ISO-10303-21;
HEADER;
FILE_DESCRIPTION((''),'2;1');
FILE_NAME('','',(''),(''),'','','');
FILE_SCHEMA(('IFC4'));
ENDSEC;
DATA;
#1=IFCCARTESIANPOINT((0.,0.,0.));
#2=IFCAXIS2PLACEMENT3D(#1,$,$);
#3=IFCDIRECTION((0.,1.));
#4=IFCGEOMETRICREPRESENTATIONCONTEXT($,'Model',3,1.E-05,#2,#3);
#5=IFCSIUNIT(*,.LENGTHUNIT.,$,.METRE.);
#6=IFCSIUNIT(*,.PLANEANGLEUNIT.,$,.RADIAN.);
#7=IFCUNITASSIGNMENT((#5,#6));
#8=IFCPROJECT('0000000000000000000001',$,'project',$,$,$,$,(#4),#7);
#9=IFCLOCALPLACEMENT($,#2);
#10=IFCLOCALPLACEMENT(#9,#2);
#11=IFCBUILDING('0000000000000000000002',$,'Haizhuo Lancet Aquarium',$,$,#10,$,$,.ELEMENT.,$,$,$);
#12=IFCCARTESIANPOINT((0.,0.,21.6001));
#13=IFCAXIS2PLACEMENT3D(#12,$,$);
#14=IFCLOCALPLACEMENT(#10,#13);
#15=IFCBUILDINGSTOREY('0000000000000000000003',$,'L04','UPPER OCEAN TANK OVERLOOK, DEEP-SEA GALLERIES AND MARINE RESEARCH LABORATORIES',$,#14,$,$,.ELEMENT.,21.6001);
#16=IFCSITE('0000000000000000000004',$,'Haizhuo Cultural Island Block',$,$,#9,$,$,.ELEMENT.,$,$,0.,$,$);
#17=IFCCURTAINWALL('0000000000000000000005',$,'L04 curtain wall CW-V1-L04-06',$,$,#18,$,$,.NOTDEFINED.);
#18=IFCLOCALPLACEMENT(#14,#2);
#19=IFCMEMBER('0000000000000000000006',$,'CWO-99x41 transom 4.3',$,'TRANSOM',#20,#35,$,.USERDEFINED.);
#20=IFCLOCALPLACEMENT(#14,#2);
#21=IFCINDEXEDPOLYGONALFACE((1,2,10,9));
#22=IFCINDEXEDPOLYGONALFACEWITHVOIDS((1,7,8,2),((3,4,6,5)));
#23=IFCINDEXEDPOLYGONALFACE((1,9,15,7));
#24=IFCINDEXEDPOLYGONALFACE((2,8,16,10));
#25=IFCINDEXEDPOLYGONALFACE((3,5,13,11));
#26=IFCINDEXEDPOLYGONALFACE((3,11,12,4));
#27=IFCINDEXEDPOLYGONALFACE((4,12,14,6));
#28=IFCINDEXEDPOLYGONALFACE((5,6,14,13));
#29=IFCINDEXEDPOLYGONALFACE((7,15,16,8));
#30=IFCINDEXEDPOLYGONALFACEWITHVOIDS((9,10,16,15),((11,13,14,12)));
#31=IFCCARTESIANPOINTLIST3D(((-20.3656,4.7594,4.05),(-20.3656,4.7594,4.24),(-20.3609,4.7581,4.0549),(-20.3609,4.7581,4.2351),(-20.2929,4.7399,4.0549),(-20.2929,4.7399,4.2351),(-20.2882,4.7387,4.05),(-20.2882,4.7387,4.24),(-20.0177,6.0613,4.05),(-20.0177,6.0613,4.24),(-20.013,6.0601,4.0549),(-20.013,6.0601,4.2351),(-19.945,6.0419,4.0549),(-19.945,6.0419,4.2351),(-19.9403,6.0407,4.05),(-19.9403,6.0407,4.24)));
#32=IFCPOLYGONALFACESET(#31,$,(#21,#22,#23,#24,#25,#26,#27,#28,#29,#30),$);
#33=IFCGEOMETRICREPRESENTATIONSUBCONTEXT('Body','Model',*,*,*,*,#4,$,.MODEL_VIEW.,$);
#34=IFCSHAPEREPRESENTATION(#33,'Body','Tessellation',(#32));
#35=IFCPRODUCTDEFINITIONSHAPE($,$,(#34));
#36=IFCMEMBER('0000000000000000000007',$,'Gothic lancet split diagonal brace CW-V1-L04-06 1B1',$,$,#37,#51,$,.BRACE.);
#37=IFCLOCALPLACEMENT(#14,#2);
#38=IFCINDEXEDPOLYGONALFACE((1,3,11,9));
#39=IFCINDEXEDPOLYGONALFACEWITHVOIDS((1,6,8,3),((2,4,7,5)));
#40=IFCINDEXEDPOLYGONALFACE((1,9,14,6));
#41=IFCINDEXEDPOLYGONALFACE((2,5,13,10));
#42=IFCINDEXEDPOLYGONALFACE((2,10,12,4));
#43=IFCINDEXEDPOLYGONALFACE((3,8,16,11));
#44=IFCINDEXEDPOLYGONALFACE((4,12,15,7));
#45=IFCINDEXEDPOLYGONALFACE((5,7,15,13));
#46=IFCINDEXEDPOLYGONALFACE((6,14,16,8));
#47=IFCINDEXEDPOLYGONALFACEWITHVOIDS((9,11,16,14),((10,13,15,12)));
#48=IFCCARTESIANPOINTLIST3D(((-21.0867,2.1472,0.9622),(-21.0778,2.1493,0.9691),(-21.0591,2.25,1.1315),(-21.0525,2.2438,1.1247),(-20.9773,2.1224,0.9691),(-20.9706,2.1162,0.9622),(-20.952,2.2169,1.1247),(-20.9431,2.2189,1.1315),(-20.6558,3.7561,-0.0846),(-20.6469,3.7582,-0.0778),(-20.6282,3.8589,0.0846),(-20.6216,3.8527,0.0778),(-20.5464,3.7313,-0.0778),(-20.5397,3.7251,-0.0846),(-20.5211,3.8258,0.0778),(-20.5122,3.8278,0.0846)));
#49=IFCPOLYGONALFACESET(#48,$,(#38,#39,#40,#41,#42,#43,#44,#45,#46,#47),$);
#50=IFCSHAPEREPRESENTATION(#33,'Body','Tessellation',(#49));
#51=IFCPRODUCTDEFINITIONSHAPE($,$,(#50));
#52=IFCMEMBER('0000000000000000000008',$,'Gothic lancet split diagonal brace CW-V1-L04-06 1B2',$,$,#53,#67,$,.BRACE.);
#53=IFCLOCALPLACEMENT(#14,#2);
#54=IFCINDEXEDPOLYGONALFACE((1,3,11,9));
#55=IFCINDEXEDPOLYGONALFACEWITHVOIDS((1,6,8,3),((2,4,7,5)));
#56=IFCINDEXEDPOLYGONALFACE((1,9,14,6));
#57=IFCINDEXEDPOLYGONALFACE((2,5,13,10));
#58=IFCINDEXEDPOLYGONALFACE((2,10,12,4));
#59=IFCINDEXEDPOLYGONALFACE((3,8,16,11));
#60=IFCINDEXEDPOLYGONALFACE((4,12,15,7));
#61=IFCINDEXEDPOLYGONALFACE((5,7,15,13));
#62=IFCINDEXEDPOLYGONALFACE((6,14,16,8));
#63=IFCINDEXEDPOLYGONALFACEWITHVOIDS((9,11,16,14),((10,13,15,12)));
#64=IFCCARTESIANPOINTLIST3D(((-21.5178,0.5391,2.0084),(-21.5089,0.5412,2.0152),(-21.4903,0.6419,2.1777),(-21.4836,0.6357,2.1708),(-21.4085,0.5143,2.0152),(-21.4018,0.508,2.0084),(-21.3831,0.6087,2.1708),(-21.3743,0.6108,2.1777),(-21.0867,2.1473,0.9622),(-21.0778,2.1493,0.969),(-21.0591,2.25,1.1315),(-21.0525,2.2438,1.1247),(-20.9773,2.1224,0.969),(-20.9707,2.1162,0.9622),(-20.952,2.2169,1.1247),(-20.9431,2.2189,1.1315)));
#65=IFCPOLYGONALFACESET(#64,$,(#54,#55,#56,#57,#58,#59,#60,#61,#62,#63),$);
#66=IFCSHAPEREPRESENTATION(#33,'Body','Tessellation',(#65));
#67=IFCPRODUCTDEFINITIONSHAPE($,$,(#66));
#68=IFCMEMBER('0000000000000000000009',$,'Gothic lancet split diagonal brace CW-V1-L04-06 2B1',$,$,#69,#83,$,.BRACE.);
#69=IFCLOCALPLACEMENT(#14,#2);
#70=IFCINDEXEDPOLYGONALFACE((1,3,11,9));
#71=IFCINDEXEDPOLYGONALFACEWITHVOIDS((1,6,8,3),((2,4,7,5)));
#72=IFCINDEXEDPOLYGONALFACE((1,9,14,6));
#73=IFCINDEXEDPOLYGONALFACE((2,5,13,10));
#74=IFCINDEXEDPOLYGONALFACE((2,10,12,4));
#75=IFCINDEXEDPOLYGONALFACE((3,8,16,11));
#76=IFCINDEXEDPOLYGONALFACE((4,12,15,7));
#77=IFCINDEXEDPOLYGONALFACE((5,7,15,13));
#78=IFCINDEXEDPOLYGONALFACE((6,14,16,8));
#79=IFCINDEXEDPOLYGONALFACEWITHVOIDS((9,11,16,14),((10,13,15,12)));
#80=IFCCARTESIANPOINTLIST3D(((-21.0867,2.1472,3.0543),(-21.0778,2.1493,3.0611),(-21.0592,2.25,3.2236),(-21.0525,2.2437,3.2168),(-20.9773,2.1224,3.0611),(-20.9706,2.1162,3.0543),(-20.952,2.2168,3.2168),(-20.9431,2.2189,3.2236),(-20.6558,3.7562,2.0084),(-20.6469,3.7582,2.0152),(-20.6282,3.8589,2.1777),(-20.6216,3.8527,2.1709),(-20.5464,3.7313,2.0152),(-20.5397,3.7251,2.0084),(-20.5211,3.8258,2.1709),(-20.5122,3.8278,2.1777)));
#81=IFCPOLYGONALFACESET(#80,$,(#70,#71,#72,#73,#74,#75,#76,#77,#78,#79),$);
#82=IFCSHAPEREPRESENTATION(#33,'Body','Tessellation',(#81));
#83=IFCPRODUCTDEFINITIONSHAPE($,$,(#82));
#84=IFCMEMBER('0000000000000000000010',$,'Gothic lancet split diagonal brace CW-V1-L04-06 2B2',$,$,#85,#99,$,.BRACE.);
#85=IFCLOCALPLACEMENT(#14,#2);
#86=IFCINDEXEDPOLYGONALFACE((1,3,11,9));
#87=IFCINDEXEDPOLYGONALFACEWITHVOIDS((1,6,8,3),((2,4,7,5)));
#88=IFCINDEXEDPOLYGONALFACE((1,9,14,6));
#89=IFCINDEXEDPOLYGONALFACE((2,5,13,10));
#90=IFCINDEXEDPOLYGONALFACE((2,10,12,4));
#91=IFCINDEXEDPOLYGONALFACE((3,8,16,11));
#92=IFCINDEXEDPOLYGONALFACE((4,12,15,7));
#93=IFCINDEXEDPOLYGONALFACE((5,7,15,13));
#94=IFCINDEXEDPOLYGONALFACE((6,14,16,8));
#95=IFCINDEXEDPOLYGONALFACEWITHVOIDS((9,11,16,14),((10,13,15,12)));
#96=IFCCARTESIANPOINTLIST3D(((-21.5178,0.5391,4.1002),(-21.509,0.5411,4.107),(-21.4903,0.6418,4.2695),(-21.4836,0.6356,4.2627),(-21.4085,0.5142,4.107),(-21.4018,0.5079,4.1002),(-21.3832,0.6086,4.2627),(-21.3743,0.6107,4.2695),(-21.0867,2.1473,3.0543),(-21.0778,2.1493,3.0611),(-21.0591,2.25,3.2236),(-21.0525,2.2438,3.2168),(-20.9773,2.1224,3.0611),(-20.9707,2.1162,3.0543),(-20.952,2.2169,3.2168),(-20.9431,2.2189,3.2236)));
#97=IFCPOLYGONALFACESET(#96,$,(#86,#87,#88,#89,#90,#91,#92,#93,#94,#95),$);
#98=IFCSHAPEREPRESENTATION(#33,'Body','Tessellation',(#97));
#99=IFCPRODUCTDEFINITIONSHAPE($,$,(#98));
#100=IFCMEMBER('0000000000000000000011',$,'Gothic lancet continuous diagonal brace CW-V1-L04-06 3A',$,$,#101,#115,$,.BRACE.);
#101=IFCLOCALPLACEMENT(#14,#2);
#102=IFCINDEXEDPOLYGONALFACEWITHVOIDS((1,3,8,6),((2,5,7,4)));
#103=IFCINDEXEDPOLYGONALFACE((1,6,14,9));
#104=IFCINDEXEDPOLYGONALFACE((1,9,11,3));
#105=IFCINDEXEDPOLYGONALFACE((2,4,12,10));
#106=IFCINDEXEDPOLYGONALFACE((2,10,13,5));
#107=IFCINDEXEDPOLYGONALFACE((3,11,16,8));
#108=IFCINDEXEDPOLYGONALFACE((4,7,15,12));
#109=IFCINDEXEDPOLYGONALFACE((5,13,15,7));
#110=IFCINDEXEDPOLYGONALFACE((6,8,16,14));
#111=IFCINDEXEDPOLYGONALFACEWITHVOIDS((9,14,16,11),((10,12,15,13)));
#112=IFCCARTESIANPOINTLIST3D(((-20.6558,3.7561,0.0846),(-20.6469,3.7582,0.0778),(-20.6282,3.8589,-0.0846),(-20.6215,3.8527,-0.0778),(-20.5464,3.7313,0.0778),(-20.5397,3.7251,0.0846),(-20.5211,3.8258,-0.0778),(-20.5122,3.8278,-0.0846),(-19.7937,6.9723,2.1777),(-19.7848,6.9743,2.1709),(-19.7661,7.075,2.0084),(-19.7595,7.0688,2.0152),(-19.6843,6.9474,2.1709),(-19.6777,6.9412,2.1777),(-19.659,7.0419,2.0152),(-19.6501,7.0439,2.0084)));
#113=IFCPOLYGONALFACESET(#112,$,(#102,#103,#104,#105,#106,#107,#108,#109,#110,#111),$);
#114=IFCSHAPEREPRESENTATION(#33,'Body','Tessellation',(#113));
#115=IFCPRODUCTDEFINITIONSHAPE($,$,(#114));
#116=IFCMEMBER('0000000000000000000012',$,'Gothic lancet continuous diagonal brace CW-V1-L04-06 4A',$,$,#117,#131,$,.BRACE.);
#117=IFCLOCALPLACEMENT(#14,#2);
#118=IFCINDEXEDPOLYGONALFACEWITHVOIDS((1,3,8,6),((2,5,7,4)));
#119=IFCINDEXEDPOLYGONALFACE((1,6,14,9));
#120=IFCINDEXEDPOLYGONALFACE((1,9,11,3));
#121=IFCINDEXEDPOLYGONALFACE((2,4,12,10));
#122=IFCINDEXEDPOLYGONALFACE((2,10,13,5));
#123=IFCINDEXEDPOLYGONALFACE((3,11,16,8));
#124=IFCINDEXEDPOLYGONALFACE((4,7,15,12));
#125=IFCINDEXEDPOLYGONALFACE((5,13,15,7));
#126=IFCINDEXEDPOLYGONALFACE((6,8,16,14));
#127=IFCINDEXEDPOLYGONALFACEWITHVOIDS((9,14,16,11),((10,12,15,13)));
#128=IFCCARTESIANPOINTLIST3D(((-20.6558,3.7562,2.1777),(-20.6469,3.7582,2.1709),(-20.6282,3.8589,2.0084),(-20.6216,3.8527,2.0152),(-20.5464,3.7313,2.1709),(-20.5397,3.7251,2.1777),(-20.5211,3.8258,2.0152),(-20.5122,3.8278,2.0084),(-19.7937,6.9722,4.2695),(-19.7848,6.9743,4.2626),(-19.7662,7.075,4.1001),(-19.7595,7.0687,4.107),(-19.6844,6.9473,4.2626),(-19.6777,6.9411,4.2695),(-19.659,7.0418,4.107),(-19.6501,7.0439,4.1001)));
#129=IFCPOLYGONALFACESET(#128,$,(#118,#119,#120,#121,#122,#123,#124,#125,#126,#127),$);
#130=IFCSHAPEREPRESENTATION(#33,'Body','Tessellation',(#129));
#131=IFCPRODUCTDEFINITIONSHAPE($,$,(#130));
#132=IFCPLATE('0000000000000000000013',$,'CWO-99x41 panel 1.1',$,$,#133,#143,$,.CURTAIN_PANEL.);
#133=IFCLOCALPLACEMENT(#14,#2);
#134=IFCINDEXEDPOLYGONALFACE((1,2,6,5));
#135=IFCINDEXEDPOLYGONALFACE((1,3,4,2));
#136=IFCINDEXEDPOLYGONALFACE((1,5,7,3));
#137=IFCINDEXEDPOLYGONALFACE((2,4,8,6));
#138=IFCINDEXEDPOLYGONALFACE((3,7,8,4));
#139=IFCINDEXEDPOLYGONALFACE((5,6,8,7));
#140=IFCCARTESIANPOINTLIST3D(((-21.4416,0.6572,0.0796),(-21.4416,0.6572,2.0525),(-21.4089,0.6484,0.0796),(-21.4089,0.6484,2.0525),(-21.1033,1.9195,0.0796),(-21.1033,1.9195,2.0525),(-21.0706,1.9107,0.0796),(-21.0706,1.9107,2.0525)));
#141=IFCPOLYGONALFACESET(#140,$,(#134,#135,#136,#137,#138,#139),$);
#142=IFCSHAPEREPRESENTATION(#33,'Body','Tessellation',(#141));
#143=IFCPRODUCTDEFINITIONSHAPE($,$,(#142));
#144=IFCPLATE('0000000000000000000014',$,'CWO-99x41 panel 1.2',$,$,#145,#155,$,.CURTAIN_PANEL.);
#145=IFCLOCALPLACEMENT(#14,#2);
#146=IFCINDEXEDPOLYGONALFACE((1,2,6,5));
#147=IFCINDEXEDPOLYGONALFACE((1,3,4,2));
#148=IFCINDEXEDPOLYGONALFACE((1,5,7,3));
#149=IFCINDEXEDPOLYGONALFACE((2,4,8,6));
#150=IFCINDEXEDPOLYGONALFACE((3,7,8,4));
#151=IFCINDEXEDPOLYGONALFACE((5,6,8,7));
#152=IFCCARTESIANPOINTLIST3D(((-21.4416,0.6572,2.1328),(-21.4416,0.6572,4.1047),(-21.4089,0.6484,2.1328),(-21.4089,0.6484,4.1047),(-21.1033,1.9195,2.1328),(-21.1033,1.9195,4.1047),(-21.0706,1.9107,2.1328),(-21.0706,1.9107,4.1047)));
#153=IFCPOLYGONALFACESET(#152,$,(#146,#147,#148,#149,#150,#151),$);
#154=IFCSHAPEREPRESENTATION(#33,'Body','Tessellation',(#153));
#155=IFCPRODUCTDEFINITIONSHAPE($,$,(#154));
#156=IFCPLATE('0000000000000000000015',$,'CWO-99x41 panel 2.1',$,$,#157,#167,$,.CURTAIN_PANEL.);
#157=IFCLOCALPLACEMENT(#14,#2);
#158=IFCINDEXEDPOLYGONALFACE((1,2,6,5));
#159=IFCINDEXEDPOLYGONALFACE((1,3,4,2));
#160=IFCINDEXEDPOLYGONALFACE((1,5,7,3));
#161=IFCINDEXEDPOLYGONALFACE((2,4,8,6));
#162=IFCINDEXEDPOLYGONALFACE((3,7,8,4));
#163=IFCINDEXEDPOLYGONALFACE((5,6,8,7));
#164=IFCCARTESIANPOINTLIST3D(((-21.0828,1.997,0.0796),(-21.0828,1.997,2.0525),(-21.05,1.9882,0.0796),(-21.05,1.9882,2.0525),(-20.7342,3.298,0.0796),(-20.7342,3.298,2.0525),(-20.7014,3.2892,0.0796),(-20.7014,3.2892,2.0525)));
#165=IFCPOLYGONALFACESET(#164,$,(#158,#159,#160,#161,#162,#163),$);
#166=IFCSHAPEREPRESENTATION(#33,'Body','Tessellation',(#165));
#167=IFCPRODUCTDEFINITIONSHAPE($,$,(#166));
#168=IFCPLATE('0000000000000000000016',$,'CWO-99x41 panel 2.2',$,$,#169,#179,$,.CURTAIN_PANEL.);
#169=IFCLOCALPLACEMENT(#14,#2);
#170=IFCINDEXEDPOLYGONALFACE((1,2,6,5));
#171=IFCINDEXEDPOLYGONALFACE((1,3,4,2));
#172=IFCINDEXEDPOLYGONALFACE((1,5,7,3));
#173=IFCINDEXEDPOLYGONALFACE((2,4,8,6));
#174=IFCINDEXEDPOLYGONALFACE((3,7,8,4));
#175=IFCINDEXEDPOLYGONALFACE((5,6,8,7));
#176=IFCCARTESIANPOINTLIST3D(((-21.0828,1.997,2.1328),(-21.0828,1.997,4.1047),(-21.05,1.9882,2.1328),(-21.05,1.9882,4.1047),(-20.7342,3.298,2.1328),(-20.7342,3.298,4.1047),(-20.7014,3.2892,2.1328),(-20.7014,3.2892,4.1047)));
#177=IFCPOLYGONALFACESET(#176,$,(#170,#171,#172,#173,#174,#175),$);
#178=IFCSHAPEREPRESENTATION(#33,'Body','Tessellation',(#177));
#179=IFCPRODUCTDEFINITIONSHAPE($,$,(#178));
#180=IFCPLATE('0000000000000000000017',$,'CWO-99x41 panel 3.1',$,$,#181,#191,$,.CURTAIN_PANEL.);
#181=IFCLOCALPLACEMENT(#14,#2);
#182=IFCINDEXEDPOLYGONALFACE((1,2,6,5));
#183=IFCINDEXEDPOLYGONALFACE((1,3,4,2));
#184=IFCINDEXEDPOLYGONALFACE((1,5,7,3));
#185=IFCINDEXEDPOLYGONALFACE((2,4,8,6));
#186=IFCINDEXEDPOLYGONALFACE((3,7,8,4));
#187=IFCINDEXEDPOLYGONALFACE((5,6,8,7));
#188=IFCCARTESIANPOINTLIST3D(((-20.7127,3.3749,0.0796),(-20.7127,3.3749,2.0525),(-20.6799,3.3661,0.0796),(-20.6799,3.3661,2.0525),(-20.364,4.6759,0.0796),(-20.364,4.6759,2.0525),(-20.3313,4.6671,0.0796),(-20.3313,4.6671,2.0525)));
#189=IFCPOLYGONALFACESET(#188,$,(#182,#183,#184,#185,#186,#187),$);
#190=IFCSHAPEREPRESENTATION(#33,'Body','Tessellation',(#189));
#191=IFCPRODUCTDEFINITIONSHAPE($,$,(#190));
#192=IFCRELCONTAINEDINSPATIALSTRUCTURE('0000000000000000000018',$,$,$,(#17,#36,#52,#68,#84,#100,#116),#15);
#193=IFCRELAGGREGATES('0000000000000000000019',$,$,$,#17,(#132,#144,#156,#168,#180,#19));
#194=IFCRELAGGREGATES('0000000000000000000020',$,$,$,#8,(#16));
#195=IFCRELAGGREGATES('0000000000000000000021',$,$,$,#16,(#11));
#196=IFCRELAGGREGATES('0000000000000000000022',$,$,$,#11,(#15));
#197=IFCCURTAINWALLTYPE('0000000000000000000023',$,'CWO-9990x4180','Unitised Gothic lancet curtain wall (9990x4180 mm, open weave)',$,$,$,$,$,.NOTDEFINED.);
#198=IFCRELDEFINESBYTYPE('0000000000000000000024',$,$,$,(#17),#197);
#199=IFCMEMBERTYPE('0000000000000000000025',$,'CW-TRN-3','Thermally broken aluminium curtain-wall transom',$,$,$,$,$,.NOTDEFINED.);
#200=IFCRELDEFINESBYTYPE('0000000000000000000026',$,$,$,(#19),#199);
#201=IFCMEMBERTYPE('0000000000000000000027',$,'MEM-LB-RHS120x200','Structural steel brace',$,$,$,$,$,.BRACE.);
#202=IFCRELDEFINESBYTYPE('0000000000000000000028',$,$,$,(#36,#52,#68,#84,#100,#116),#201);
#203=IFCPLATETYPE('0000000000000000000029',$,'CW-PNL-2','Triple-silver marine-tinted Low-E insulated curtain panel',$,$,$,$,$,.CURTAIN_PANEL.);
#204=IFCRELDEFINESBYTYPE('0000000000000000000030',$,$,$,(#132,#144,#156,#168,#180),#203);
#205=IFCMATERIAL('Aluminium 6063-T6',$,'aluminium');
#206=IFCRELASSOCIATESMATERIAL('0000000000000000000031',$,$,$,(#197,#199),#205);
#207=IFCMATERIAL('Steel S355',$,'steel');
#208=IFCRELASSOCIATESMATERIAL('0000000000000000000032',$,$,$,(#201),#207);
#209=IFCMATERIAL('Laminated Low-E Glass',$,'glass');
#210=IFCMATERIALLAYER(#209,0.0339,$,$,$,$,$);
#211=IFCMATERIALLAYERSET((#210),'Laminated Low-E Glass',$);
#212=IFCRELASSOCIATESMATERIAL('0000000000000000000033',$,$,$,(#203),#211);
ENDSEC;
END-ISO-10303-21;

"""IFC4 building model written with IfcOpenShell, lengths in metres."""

from ifc_helpers import new_model, si_unit, direction, frame, origin, origin_2d, place, context, subcontext, project, spatial, rectangle, hollow_rectangle, extrude, material, layer, layer_set, material_profile, profile_set, type_object, element, aggregate, save


model = new_model("IFC4")

# Units and contexts
model_context = context("Model", 3, precision=1e-05, world=origin(), true_north=direction((0.0, 1.0)))
body_context = subcontext(model_context, "Body", "Model", "MODEL_VIEW")
ifc_project = project(units=[si_unit("LENGTHUNIT", "METRE"), si_unit("PLANEANGLEUNIT", "RADIAN")], contexts=[model_context])

# Site, building, storey
site_placement = place(None, origin())
site = spatial("IfcSite", under=ifc_project, at=site_placement, Name="Haizhuo Cultural Island Block", CompositionType="ELEMENT", RefElevation=0.0)
building_placement = place(site_placement, origin())
building = spatial("IfcBuilding", under=site, at=building_placement, Name="Haizhuo Lancet Aquarium", CompositionType="ELEMENT")
storey_placement = place(building_placement, frame((0.0, 0.0, 21.6001)))
storey = spatial("IfcBuildingStorey", under=building, at=storey_placement, Name="L04", Description="UPPER OCEAN TANK OVERLOOK, DEEP-SEA GALLERIES AND MARINE RESEARCH LABORATORIES", CompositionType="ELEMENT", Elevation=21.6001)

# Curtain wall, member
ifc_material_1 = material(Name="Aluminium 6063-T6", Category="aluminium")
curtain_wall_type = type_object("IfcCurtainWallType", Name="CWO-9990x4180", Description="Unitised Gothic lancet curtain wall (9990x4180 mm, open weave)", PredefinedType="NOTDEFINED", material=ifc_material_1)
curtain_wall_placement = place(storey_placement, origin())
curtain_wall = element("IfcCurtainWall", 1, at=curtain_wall_placement, inside=storey, type_object=curtain_wall_type, Name="L04 curtain wall CW-V1-L04-06", PredefinedType="NOTDEFINED")
ifc_material_profile_1 = material_profile(ifc_material_1, hollow_rectangle(XDim=0.0801, YDim=0.1899, WallThickness=0.0049, at=origin_2d()), Name="ALU-T 80x190x5")
ifc_profile_set_1 = profile_set([ifc_material_profile_1], Name="Aluminium 6063-T6")
member_type_1 = type_object("IfcMemberType", Name="CW-TRN-3", Description="Thermally broken aluminium curtain-wall transom", PredefinedType="NOTDEFINED", material=ifc_profile_set_1)
member_1_placement = place(storey_placement, frame((-20.3269, 4.749, 4.145), z_axis=(0.258147, 0.966106, 0.0), x_axis=(-0.966106, 0.258147, 0.0)))
member_1 = element("IfcMember", 2, at=member_1_placement, type_object=member_type_1, Name="CWO-99x41 transom 4.3", ObjectType="TRANSOM", PredefinedType="USERDEFINED", context=body_context, shape_type="SweptSolid", body=[
    extrude(hollow_rectangle(XDim=0.0801, YDim=0.1899, WallThickness=0.0049, at=origin_2d()), origin(), (0.0, 0.0, 1.0), 1.3477),
])

# Members
ifc_material_2 = material(Name="Steel S355", Category="steel")
ifc_material_profile_2 = material_profile(ifc_material_2, hollow_rectangle(XDim=0.1201, YDim=0.2, WallThickness=0.0081, at=origin_2d()), Name="RHS 120x200x8")
ifc_profile_set_2 = profile_set([ifc_material_profile_2], Name="Steel S355")
member_type_2 = type_object("IfcMemberType", Name="MEM-LB-RHS120x200", Description="Structural steel brace", PredefinedType="BRACE", material=ifc_profile_set_2)
member_2_placement = place(storey_placement, frame((-20.584, 3.792, 0.0), z_axis=(-0.219039, -0.817828, 0.532146), x_axis=(0.965955, -0.258712, 0.0)))
element("IfcMember", 3, at=member_2_placement, inside=storey, type_object=member_type_2, Name="Gothic lancet split diagonal brace CW-V1-L04-06 1B1", PredefinedType="BRACE", context=body_context, shape_type="SweptSolid", body=[
    extrude(hollow_rectangle(XDim=0.1201, YDim=0.2, WallThickness=0.0081, at=origin_2d()), origin(), (0.0, 0.0, 1.0), 1.9673),
])
member_3_placement = place(storey_placement, frame((-21.0149, 2.1831, 1.0469), z_axis=(-0.219267, -0.817844, 0.532027), x_axis=(0.965888, -0.258958, 0.0)))
element("IfcMember", 4, at=member_3_placement, inside=storey, type_object=member_type_2, Name="Gothic lancet split diagonal brace CW-V1-L04-06 1B2", PredefinedType="BRACE", context=body_context, shape_type="SweptSolid", body=[
    extrude(hollow_rectangle(XDim=0.1201, YDim=0.2, WallThickness=0.0081, at=origin_2d()), origin(), (0.0, 0.0, 1.0), 1.9663),
])
member_4_placement = place(storey_placement, frame((-20.584, 3.792, 2.093), z_axis=(-0.219097, -0.818044, 0.53179), x_axis=(0.965955, -0.258712, 0.0)))
element("IfcMember", 5, at=member_4_placement, inside=storey, type_object=member_type_2, Name="Gothic lancet split diagonal brace CW-V1-L04-06 2B1", PredefinedType="BRACE", context=body_context, shape_type="SweptSolid", body=[
    extrude(hollow_rectangle(XDim=0.1201, YDim=0.2, WallThickness=0.0081, at=origin_2d()), origin(), (0.0, 0.0, 1.0), 1.9668),
])
member_5_placement = place(storey_placement, frame((-21.0149, 2.1831, 3.1389), z_axis=(-0.219282, -0.817898, 0.531938), x_axis=(0.965888, -0.258958, 0.0)))
element("IfcMember", 6, at=member_5_placement, inside=storey, type_object=member_type_2, Name="Gothic lancet split diagonal brace CW-V1-L04-06 2B2", PredefinedType="BRACE", context=body_context, shape_type="SweptSolid", body=[
    extrude(hollow_rectangle(XDim=0.1201, YDim=0.2, WallThickness=0.0081, at=origin_2d()), origin(), (0.0, 0.0, 1.0), 1.9663),
])
member_6_placement = place(storey_placement, frame((-20.584, 3.792, 0.0), z_axis=(0.219197, 0.817754, 0.532195), x_axis=(-0.965902, 0.258908, 0.0)))
element("IfcMember", 7, at=member_6_placement, inside=storey, type_object=member_type_2, Name="Gothic lancet continuous diagonal brace CW-V1-L04-06 3A", PredefinedType="BRACE", context=body_context, shape_type="SweptSolid", body=[
    extrude(hollow_rectangle(XDim=0.1201, YDim=0.2, WallThickness=0.0081, at=origin_2d()), origin(), (0.0, 0.0, 1.0), 3.9329),
])
member_7_placement = place(storey_placement, frame((-20.584, 3.792, 2.093), z_axis=(0.219234, 0.817889, 0.531972), x_axis=(-0.965902, 0.258908, 0.0)))
element("IfcMember", 8, at=member_7_placement, inside=storey, type_object=member_type_2, Name="Gothic lancet continuous diagonal brace CW-V1-L04-06 4A", PredefinedType="BRACE", context=body_context, shape_type="SweptSolid", body=[
    extrude(hollow_rectangle(XDim=0.1201, YDim=0.2, WallThickness=0.0081, at=origin_2d()), origin(), (0.0, 0.0, 1.0), 3.9321),
])

# Plates
ifc_material_3 = material(Name="Laminated Low-E Glass", Category="glass")
ifc_layer_1 = layer(ifc_material_3, 0.0339)
ifc_layer_set_1 = layer_set([ifc_layer_1], Name="Laminated Low-E Glass")
plate_type = type_object("IfcPlateType", Name="CW-PNL-2", Description="Triple-silver marine-tinted Low-E insulated curtain panel", PredefinedType="CURTAIN_PANEL", material=ifc_layer_set_1)
plate_1_placement = place(storey_placement, frame((-21.2561, 1.2839, 0.0796), z_axis=(0.0, 0.0, 1.0), x_axis=(0.258853, 0.965917, 0.0)))
plate_1 = element("IfcPlate", 9, at=plate_1_placement, type_object=plate_type, Name="CWO-99x41 panel 1.1", PredefinedType="CURTAIN_PANEL", context=body_context, shape_type="SweptSolid", body=[
    extrude(rectangle(XDim=1.3069, YDim=0.0339, at=origin_2d()), origin(), (0.0, 0.0, 1.0), 1.9729),
])
plate_2_placement = place(storey_placement, frame((-21.2561, 1.2839, 2.1328), z_axis=(0.0, 0.0, 1.0), x_axis=(0.258853, 0.965917, 0.0)))
plate_2 = element("IfcPlate", 10, at=plate_2_placement, type_object=plate_type, Name="CWO-99x41 panel 1.2", PredefinedType="CURTAIN_PANEL", context=body_context, shape_type="SweptSolid", body=[
    extrude(rectangle(XDim=1.3069, YDim=0.0339, at=origin_2d()), origin(), (0.0, 0.0, 1.0), 1.9719),
])
plate_3_placement = place(storey_placement, frame((-20.8921, 2.6431, 0.0796), z_axis=(0.0, 0.0, 1.0), x_axis=(0.258853, 0.965917, 0.0)))
plate_3 = element("IfcPlate", 11, at=plate_3_placement, type_object=plate_type, Name="CWO-99x41 panel 2.1", PredefinedType="CURTAIN_PANEL", context=body_context, shape_type="SweptSolid", body=[
    extrude(rectangle(XDim=1.3469, YDim=0.0339, at=origin_2d()), origin(), (0.0, 0.0, 1.0), 1.9729),
])
plate_4_placement = place(storey_placement, frame((-20.8921, 2.6431, 2.1328), z_axis=(0.0, 0.0, 1.0), x_axis=(0.258853, 0.965917, 0.0)))
plate_4 = element("IfcPlate", 12, at=plate_4_placement, type_object=plate_type, Name="CWO-99x41 panel 2.2", PredefinedType="CURTAIN_PANEL", context=body_context, shape_type="SweptSolid", body=[
    extrude(rectangle(XDim=1.3469, YDim=0.0339, at=origin_2d()), origin(), (0.0, 0.0, 1.0), 1.9719),
])
plate_5_placement = place(storey_placement, frame((-20.522, 4.021, 0.0796), z_axis=(0.0, 0.0, 1.0), x_axis=(0.258853, 0.965917, 0.0)))
plate_5 = element("IfcPlate", 13, at=plate_5_placement, type_object=plate_type, Name="CWO-99x41 panel 3.1", PredefinedType="CURTAIN_PANEL", context=body_context, shape_type="SweptSolid", body=[
    extrude(rectangle(XDim=1.3469, YDim=0.0339, at=origin_2d()), origin(), (0.0, 0.0, 1.0), 1.9729),
])
aggregate(curtain_wall, [plate_1, plate_2, plate_3, plate_4, plate_5, member_1])

save(model, "model.ifc")
